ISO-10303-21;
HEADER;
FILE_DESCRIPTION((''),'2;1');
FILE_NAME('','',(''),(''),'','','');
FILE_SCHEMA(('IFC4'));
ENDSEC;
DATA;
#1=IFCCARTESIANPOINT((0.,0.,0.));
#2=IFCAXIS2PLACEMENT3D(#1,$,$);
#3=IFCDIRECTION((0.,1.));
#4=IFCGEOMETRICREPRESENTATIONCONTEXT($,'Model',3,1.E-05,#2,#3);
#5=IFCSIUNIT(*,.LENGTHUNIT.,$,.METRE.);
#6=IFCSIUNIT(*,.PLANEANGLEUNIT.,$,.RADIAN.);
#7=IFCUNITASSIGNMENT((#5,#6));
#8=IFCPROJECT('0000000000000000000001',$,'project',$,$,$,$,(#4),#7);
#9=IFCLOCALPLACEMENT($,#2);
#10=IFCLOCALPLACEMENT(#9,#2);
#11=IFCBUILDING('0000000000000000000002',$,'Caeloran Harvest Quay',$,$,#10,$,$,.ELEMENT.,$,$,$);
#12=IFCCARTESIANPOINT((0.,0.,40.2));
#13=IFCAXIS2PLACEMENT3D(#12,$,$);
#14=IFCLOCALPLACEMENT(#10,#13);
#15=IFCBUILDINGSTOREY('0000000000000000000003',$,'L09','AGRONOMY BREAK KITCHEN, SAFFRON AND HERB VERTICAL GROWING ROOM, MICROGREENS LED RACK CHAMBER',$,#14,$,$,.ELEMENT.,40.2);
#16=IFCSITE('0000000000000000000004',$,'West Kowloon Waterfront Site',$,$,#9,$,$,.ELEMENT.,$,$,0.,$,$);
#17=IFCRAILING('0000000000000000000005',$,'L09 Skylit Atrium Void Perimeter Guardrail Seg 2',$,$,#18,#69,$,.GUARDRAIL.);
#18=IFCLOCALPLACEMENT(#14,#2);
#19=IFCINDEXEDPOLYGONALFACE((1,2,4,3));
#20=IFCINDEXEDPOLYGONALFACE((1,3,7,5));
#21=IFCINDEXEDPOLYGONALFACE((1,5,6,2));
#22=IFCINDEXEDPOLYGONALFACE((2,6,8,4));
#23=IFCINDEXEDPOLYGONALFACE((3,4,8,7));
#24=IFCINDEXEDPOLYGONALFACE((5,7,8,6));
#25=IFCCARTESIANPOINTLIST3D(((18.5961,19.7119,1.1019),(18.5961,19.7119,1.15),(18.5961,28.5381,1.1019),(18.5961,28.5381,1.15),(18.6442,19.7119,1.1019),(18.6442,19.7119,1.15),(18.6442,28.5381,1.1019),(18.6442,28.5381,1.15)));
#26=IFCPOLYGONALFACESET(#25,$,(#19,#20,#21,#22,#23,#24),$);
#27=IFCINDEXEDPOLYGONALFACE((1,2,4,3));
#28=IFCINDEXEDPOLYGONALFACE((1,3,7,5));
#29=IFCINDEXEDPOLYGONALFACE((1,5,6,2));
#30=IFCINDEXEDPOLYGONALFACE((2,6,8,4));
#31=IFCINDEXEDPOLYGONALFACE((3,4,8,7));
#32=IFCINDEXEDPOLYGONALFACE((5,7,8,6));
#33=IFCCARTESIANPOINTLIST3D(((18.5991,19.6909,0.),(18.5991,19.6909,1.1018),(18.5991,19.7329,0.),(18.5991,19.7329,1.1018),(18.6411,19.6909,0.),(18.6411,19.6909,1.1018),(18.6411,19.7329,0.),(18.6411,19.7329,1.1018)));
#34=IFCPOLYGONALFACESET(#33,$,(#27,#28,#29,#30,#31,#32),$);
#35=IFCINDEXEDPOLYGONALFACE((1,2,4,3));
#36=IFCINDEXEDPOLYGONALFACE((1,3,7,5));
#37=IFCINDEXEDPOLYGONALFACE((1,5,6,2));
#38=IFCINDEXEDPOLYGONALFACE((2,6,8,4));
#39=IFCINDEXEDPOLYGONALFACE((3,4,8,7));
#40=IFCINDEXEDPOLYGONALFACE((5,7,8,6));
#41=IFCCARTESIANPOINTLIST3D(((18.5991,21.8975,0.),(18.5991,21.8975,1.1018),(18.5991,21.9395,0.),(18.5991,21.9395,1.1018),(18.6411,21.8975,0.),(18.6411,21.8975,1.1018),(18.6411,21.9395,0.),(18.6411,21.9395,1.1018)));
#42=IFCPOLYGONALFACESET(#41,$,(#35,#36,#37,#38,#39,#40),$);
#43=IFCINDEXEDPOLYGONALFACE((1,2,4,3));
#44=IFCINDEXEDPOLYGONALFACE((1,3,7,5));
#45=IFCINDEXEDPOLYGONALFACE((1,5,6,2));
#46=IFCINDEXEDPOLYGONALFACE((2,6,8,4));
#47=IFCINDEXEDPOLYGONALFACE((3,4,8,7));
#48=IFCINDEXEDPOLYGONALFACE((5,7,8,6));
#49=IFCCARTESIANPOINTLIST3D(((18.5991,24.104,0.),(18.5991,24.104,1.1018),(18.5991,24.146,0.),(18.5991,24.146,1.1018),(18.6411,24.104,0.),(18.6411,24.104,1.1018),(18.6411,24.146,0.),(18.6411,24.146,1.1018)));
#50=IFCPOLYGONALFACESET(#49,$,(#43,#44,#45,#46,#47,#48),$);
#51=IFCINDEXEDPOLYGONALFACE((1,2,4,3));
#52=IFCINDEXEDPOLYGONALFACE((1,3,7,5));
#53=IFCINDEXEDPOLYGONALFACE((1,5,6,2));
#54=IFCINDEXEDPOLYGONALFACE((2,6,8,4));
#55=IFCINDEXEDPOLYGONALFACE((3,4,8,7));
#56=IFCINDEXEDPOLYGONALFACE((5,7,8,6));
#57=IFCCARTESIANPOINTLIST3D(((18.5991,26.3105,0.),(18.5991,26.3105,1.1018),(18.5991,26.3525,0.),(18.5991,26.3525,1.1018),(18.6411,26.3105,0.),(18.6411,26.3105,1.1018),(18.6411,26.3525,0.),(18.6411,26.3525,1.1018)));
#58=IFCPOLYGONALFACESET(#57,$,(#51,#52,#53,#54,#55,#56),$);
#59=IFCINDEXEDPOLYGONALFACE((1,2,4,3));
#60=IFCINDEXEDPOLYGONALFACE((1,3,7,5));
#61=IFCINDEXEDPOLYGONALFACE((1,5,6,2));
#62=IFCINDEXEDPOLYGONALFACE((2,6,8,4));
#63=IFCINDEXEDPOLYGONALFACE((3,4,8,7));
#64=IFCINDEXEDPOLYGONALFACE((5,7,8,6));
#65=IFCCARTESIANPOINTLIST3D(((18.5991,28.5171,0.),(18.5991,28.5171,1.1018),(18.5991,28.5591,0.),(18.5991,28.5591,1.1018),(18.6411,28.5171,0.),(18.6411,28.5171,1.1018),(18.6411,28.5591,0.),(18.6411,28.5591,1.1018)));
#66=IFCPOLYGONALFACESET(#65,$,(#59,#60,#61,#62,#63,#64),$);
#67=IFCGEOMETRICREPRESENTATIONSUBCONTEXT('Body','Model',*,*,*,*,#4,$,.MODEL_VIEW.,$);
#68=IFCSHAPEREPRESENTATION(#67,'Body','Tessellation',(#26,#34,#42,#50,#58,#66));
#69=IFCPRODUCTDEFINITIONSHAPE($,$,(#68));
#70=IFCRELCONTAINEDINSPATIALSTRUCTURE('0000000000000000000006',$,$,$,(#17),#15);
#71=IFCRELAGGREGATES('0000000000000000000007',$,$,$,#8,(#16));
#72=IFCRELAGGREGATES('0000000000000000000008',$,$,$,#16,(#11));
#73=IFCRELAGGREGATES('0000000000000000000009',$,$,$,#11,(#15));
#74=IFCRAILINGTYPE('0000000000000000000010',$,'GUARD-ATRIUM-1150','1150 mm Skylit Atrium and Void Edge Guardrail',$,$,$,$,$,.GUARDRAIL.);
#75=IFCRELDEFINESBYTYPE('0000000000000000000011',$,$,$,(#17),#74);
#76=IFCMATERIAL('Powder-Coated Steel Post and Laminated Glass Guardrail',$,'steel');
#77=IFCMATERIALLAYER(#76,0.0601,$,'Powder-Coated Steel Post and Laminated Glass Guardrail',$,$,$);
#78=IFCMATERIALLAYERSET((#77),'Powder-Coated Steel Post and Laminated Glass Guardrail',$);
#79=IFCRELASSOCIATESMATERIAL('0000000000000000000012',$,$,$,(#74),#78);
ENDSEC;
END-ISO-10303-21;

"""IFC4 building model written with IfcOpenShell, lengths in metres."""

from ifc_helpers import new_model, si_unit, direction, frame, origin, origin_2d, place, context, subcontext, project, spatial, rectangle, extrude, material, layer, layer_set, type_object, element, save


model = new_model("IFC4")

# Units and contexts
model_context = context("Model", 3, precision=1e-05, world=origin(), true_north=direction((0.0, 1.0)))
body_context = subcontext(model_context, "Body", "Model", "MODEL_VIEW")
ifc_project = project(units=[si_unit("LENGTHUNIT", "METRE"), si_unit("PLANEANGLEUNIT", "RADIAN")], contexts=[model_context])

# Site, building, storey
site_placement = place(None, origin())
site = spatial("IfcSite", under=ifc_project, at=site_placement, Name="West Kowloon Waterfront Site", CompositionType="ELEMENT", RefElevation=0.0)
building_placement = place(site_placement, origin())
building = spatial("IfcBuilding", under=site, at=building_placement, Name="Caeloran Harvest Quay", CompositionType="ELEMENT")
storey_placement = place(building_placement, frame((0.0, 0.0, 40.2)))
storey = spatial("IfcBuildingStorey", under=building, at=storey_placement, Name="L09", Description="AGRONOMY BREAK KITCHEN, SAFFRON AND HERB VERTICAL GROWING ROOM, MICROGREENS LED RACK CHAMBER", CompositionType="ELEMENT", Elevation=40.2)

# Railing
ifc_material_1 = material(Name="Powder-Coated Steel Post and Laminated Glass Guardrail", Category="steel")
ifc_layer_1 = layer(ifc_material_1, 0.0601, Name="Powder-Coated Steel Post and Laminated Glass Guardrail")
ifc_layer_set_1 = layer_set([ifc_layer_1], Name="Powder-Coated Steel Post and Laminated Glass Guardrail")
railing_type = type_object("IfcRailingType", Name="GUARD-ATRIUM-1150", Description="1150 mm Skylit Atrium and Void Edge Guardrail", PredefinedType="GUARDRAIL", material=ifc_layer_set_1)
railing_1_placement = place(storey_placement, frame((18.6201, 19.7119, 0.0)))
element("IfcRailing", 1, at=railing_1_placement, inside=storey, type_object=railing_type, Name="L09 Skylit Atrium Void Perimeter Guardrail Seg 2", PredefinedType="GUARDRAIL", context=body_context, shape_type="SweptSolid", body=[
    extrude(rectangle(XDim=0.0481, YDim=0.0481, at=origin_2d()), frame((0.0, 0.0, 1.126), z_axis=(0.0, 1.0, 0.0), x_axis=(-1.0, 0.0, 0.0)), (0.0, 0.0, 1.0), 8.8262),
    extrude(rectangle(XDim=0.042, YDim=0.042, at=origin_2d()), origin(), (0.0, 0.0, 1.0), 1.1018),
    extrude(rectangle(XDim=0.042, YDim=0.042, at=origin_2d()), frame((0.0, 2.2065, 0.0)), (0.0, 0.0, 1.0), 1.1018),
    extrude(rectangle(XDim=0.042, YDim=0.042, at=origin_2d()), frame((0.0, 4.4131, 0.0)), (0.0, 0.0, 1.0), 1.1018),
    extrude(rectangle(XDim=0.042, YDim=0.042, at=origin_2d()), frame((0.0, 6.6196, 0.0)), (0.0, 0.0, 1.0), 1.1018),
    extrude(rectangle(XDim=0.042, YDim=0.042, at=origin_2d()), frame((0.0, 8.8262, 0.0)), (0.0, 0.0, 1.0), 1.1018),
])

save(model, "model.ifc")
